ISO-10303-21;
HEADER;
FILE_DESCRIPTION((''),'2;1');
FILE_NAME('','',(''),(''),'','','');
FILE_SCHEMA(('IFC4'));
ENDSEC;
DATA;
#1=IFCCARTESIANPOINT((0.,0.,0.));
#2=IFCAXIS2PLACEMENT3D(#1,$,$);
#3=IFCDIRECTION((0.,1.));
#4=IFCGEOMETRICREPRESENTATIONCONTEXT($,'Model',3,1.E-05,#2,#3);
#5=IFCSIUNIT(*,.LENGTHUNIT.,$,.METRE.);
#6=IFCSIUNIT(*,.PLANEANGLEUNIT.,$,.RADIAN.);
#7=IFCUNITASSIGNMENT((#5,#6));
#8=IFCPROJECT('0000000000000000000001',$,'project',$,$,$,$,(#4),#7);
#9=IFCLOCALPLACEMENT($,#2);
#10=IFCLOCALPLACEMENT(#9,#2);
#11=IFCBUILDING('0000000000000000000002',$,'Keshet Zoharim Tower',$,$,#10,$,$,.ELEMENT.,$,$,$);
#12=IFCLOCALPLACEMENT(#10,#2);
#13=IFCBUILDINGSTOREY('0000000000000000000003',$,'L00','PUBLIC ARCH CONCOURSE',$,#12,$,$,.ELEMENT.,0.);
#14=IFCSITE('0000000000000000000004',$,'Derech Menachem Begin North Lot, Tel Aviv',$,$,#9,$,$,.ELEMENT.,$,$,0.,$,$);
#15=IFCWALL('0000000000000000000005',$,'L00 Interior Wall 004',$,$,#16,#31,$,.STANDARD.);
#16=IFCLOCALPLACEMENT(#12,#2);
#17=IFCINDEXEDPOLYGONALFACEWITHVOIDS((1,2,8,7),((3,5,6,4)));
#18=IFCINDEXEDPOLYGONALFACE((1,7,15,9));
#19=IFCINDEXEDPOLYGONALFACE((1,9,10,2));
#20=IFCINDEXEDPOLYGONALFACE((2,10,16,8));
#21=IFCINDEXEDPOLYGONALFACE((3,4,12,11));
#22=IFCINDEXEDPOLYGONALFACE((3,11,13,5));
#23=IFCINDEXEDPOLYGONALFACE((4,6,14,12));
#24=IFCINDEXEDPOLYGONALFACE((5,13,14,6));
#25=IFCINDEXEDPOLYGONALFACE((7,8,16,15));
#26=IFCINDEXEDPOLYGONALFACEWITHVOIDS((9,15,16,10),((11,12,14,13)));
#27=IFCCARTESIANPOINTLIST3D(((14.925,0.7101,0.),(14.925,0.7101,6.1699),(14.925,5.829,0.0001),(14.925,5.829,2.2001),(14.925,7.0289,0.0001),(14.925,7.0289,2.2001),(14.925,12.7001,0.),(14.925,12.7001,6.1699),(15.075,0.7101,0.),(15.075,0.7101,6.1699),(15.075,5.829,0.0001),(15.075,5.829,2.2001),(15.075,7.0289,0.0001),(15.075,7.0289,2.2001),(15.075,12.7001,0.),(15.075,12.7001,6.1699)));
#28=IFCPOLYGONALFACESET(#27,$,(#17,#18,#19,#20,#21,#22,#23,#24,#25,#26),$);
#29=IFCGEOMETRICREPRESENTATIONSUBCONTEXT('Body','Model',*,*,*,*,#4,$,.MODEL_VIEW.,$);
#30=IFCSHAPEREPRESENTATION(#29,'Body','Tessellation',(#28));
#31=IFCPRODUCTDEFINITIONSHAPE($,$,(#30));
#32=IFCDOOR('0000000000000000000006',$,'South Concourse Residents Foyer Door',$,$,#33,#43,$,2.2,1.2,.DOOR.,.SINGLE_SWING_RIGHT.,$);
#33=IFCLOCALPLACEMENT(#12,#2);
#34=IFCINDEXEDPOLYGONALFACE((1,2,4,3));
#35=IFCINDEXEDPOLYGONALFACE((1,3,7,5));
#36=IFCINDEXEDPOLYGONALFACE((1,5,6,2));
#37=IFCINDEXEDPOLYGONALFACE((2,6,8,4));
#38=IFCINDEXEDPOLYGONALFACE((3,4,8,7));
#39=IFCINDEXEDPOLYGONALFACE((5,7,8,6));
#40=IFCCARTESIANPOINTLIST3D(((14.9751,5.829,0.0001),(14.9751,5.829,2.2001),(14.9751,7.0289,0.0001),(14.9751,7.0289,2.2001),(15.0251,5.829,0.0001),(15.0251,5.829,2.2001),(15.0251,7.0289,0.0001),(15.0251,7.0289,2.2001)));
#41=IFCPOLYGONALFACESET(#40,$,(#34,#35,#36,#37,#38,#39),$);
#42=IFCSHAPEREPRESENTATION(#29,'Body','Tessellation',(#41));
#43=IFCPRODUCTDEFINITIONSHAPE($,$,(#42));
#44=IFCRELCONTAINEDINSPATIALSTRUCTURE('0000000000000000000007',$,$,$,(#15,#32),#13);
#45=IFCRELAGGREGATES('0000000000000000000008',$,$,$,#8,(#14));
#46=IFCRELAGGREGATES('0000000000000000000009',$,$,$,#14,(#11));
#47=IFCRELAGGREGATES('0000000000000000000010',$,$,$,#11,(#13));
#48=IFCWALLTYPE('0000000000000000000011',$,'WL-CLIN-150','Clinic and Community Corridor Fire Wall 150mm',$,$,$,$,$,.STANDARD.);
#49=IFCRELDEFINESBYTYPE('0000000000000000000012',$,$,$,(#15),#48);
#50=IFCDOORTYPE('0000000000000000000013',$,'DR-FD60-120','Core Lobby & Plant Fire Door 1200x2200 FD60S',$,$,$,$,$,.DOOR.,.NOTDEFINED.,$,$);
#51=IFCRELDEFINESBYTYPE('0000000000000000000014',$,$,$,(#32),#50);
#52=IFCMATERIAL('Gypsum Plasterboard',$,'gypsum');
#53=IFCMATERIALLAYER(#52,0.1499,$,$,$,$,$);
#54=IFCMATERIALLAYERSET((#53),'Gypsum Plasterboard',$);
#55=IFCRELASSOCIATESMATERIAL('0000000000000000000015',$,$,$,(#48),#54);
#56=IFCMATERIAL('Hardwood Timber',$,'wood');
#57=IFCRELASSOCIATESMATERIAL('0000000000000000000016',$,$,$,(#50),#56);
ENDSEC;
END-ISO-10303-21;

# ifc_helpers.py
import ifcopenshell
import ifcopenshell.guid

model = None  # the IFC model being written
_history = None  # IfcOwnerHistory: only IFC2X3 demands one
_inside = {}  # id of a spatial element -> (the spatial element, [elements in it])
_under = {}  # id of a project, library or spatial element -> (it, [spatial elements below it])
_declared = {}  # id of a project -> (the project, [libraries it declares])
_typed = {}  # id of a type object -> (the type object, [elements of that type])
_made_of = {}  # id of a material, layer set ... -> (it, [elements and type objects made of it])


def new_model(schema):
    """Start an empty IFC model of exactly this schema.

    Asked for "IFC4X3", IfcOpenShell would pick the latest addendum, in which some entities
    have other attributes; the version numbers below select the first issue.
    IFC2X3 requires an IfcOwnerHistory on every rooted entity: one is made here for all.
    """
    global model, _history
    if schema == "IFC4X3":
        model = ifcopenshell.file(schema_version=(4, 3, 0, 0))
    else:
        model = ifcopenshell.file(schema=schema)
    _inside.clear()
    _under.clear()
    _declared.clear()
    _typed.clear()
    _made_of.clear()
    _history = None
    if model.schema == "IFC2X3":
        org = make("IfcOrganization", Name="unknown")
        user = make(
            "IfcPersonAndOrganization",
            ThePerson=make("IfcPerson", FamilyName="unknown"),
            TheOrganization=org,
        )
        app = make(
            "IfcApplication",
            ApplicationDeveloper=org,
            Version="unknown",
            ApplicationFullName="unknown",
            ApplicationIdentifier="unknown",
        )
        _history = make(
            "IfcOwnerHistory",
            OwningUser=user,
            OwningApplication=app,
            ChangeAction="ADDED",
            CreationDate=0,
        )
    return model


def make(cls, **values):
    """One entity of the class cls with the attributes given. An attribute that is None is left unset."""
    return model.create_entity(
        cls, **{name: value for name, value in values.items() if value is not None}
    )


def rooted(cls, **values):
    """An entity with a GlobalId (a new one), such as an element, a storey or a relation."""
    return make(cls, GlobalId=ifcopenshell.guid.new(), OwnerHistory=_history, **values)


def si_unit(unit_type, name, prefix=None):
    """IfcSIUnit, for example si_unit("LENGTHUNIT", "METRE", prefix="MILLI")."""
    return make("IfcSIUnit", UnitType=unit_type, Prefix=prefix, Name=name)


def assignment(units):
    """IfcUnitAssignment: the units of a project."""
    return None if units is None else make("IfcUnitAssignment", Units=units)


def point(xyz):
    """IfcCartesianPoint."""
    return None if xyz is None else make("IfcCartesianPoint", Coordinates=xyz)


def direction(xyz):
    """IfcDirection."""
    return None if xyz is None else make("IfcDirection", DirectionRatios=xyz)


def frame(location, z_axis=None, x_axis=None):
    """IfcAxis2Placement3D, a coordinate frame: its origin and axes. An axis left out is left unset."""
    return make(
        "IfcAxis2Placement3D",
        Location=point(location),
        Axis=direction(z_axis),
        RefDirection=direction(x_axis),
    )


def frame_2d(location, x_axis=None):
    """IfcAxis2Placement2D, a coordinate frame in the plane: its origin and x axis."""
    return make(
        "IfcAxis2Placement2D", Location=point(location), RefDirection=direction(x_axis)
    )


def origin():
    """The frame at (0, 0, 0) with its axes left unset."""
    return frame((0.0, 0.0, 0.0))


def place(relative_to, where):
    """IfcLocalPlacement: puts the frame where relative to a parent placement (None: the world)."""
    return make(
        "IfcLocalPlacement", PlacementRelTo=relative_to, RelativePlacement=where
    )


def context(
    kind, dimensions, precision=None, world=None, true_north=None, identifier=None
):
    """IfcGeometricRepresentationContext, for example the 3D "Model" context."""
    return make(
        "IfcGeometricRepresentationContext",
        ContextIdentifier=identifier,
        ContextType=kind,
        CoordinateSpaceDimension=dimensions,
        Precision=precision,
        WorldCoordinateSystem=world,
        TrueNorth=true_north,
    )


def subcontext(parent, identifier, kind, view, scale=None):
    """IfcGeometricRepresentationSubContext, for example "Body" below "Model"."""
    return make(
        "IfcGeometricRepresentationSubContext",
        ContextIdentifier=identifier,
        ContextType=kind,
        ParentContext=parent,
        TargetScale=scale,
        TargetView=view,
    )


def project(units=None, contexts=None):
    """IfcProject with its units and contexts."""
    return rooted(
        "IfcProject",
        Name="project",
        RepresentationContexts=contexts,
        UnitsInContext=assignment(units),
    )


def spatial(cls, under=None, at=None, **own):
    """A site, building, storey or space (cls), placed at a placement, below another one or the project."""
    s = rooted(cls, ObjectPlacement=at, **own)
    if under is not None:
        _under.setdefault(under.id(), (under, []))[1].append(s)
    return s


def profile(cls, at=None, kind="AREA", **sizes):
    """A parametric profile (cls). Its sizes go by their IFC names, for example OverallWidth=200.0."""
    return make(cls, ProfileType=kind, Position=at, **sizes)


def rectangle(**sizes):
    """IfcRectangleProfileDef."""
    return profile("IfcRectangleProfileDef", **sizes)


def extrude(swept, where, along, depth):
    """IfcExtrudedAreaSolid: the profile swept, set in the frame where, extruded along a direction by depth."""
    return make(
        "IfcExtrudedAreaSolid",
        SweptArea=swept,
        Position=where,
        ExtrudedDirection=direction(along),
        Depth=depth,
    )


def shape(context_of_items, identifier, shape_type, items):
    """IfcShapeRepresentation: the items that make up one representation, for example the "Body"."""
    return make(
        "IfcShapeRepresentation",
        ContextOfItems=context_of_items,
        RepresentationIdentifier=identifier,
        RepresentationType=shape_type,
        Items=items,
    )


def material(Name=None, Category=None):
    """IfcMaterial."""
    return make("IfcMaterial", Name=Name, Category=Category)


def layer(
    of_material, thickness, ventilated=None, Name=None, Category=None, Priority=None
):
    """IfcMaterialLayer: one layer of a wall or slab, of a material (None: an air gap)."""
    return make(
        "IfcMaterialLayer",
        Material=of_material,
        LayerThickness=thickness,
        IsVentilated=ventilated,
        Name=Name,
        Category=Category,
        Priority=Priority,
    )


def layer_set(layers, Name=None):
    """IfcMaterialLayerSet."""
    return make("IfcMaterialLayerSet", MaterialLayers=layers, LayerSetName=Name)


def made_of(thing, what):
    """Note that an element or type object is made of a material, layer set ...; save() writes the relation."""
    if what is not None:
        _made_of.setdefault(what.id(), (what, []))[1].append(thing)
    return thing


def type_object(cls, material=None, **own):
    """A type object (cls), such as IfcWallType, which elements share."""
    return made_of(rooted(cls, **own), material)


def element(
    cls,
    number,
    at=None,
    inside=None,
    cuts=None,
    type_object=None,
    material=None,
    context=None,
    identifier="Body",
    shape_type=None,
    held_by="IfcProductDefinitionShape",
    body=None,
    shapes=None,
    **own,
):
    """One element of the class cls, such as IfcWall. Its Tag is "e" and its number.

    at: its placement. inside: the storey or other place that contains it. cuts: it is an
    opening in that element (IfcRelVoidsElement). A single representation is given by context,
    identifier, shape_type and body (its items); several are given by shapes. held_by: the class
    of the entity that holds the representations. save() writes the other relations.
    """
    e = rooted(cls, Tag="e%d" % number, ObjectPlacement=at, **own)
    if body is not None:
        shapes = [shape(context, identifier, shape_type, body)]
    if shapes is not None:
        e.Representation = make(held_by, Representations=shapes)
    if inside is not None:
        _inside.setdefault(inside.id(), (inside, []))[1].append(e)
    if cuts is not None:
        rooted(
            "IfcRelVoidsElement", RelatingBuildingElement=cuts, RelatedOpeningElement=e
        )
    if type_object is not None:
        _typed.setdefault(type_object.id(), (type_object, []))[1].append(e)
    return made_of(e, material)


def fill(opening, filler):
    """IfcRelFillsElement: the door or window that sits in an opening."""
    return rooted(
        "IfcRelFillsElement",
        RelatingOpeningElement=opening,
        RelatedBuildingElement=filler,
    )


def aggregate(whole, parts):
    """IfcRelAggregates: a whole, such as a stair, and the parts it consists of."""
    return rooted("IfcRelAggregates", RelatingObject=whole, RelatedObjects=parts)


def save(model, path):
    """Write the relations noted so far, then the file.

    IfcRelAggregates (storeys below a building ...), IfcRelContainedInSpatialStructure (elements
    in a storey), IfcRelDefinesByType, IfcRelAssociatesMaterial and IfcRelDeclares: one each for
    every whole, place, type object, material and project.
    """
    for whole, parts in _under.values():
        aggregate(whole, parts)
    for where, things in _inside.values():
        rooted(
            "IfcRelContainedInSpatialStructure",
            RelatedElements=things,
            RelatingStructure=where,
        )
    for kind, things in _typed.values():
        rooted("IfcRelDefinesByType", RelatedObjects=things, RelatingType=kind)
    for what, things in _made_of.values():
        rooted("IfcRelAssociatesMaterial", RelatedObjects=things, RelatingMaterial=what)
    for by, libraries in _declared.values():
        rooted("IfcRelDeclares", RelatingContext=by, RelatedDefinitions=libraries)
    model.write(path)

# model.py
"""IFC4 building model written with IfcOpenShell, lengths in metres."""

from ifc_helpers import new_model, si_unit, direction, frame, frame_2d, origin, place, context, subcontext, project, spatial, rectangle, extrude, material, layer, layer_set, type_object, element, fill, save


model = new_model("IFC4")

# Units and contexts
model_context = context("Model", 3, precision=1e-05, world=origin(), true_north=direction((0.0, 1.0)))
body_context = subcontext(model_context, "Body", "Model", "MODEL_VIEW")
ifc_project = project(units=[si_unit("LENGTHUNIT", "METRE"), si_unit("PLANEANGLEUNIT", "RADIAN")], contexts=[model_context])

# Site, building, storey
site_placement = place(None, origin())
site = spatial("IfcSite", under=ifc_project, at=site_placement, Name="Derech Menachem Begin North Lot, Tel Aviv", CompositionType="ELEMENT", RefElevation=0.0)
building_placement = place(site_placement, origin())
building = spatial("IfcBuilding", under=site, at=building_placement, Name="Keshet Zoharim Tower", CompositionType="ELEMENT")
storey_placement = place(building_placement, origin())
storey = spatial("IfcBuildingStorey", under=building, at=storey_placement, Name="L00", Description="PUBLIC ARCH CONCOURSE", CompositionType="ELEMENT", Elevation=0.0)

# Wall, opening, door
ifc_material_1 = material(Name="Gypsum Plasterboard", Category="gypsum")
ifc_layer_1 = layer(ifc_material_1, 0.1499)
ifc_layer_set_1 = layer_set([ifc_layer_1], Name="Gypsum Plasterboard")
wall_type_1 = type_object("IfcWallType", Name="WL-CLIN-150", Description="Clinic and Community Corridor Fire Wall 150mm", PredefinedType="STANDARD", material=ifc_layer_set_1)
ifc_material_2 = material(Name="Hardwood Timber", Category="wood")
door_type = type_object("IfcDoorType", Name="DR-FD60-120", Description="Core Lobby & Plant Fire Door 1200x2200 FD60S", OperationType="NOTDEFINED", PredefinedType="DOOR", material=ifc_material_2)
wall_1_placement = place(storey_placement, frame((15.0, 0.71, 0.0), z_axis=(0.0, 0.0, 1.0), x_axis=(0.0, 1.0, 0.0)))
wall_1 = element("IfcWall", 1, at=wall_1_placement, inside=storey, type_object=wall_type_1, Name="L00 Interior Wall 004", PredefinedType="STANDARD", context=body_context, shape_type="SweptSolid", body=[
    extrude(rectangle(XDim=11.99, YDim=0.1499, at=frame_2d((5.9951, 0.0))), origin(), (0.0, 0.0, 1.0), 6.1699),
])
opening_1_placement = place(wall_1_placement, frame((5.1189, 0.0, 0.0)))
opening_1 = element("IfcOpeningElement", 2, at=opening_1_placement, cuts=wall_1, PredefinedType="OPENING", context=body_context, shape_type="SweptSolid", body=[
    extrude(rectangle(XDim=1.2, YDim=2.2, at=frame_2d((0.6001, 1.1001))), frame((0.0, 0.085, 0.0), z_axis=(0.0, -1.0, 0.0), x_axis=(1.0, 0.0, 0.0)), (0.0, 0.0, 1.0), 0.1699),
])
door_1_placement = place(opening_1_placement, origin())
door_1 = element("IfcDoor", 3, at=door_1_placement, inside=storey, type_object=door_type, Name="South Concourse Residents Foyer Door", OperationType="SINGLE_SWING_RIGHT", OverallHeight=2.2, OverallWidth=1.2, PredefinedType="DOOR", context=body_context, shape_type="SweptSolid", body=[
    extrude(rectangle(XDim=1.2, YDim=2.2, at=frame_2d((0.6001, 1.1001))), frame((0.0, 0.0249, 0.0), z_axis=(0.0, -1.0, 0.0), x_axis=(1.0, 0.0, 0.0)), (0.0, 0.0, 1.0), 0.05),
])
fill(opening_1, door_1)

save(model, "model.ifc")
